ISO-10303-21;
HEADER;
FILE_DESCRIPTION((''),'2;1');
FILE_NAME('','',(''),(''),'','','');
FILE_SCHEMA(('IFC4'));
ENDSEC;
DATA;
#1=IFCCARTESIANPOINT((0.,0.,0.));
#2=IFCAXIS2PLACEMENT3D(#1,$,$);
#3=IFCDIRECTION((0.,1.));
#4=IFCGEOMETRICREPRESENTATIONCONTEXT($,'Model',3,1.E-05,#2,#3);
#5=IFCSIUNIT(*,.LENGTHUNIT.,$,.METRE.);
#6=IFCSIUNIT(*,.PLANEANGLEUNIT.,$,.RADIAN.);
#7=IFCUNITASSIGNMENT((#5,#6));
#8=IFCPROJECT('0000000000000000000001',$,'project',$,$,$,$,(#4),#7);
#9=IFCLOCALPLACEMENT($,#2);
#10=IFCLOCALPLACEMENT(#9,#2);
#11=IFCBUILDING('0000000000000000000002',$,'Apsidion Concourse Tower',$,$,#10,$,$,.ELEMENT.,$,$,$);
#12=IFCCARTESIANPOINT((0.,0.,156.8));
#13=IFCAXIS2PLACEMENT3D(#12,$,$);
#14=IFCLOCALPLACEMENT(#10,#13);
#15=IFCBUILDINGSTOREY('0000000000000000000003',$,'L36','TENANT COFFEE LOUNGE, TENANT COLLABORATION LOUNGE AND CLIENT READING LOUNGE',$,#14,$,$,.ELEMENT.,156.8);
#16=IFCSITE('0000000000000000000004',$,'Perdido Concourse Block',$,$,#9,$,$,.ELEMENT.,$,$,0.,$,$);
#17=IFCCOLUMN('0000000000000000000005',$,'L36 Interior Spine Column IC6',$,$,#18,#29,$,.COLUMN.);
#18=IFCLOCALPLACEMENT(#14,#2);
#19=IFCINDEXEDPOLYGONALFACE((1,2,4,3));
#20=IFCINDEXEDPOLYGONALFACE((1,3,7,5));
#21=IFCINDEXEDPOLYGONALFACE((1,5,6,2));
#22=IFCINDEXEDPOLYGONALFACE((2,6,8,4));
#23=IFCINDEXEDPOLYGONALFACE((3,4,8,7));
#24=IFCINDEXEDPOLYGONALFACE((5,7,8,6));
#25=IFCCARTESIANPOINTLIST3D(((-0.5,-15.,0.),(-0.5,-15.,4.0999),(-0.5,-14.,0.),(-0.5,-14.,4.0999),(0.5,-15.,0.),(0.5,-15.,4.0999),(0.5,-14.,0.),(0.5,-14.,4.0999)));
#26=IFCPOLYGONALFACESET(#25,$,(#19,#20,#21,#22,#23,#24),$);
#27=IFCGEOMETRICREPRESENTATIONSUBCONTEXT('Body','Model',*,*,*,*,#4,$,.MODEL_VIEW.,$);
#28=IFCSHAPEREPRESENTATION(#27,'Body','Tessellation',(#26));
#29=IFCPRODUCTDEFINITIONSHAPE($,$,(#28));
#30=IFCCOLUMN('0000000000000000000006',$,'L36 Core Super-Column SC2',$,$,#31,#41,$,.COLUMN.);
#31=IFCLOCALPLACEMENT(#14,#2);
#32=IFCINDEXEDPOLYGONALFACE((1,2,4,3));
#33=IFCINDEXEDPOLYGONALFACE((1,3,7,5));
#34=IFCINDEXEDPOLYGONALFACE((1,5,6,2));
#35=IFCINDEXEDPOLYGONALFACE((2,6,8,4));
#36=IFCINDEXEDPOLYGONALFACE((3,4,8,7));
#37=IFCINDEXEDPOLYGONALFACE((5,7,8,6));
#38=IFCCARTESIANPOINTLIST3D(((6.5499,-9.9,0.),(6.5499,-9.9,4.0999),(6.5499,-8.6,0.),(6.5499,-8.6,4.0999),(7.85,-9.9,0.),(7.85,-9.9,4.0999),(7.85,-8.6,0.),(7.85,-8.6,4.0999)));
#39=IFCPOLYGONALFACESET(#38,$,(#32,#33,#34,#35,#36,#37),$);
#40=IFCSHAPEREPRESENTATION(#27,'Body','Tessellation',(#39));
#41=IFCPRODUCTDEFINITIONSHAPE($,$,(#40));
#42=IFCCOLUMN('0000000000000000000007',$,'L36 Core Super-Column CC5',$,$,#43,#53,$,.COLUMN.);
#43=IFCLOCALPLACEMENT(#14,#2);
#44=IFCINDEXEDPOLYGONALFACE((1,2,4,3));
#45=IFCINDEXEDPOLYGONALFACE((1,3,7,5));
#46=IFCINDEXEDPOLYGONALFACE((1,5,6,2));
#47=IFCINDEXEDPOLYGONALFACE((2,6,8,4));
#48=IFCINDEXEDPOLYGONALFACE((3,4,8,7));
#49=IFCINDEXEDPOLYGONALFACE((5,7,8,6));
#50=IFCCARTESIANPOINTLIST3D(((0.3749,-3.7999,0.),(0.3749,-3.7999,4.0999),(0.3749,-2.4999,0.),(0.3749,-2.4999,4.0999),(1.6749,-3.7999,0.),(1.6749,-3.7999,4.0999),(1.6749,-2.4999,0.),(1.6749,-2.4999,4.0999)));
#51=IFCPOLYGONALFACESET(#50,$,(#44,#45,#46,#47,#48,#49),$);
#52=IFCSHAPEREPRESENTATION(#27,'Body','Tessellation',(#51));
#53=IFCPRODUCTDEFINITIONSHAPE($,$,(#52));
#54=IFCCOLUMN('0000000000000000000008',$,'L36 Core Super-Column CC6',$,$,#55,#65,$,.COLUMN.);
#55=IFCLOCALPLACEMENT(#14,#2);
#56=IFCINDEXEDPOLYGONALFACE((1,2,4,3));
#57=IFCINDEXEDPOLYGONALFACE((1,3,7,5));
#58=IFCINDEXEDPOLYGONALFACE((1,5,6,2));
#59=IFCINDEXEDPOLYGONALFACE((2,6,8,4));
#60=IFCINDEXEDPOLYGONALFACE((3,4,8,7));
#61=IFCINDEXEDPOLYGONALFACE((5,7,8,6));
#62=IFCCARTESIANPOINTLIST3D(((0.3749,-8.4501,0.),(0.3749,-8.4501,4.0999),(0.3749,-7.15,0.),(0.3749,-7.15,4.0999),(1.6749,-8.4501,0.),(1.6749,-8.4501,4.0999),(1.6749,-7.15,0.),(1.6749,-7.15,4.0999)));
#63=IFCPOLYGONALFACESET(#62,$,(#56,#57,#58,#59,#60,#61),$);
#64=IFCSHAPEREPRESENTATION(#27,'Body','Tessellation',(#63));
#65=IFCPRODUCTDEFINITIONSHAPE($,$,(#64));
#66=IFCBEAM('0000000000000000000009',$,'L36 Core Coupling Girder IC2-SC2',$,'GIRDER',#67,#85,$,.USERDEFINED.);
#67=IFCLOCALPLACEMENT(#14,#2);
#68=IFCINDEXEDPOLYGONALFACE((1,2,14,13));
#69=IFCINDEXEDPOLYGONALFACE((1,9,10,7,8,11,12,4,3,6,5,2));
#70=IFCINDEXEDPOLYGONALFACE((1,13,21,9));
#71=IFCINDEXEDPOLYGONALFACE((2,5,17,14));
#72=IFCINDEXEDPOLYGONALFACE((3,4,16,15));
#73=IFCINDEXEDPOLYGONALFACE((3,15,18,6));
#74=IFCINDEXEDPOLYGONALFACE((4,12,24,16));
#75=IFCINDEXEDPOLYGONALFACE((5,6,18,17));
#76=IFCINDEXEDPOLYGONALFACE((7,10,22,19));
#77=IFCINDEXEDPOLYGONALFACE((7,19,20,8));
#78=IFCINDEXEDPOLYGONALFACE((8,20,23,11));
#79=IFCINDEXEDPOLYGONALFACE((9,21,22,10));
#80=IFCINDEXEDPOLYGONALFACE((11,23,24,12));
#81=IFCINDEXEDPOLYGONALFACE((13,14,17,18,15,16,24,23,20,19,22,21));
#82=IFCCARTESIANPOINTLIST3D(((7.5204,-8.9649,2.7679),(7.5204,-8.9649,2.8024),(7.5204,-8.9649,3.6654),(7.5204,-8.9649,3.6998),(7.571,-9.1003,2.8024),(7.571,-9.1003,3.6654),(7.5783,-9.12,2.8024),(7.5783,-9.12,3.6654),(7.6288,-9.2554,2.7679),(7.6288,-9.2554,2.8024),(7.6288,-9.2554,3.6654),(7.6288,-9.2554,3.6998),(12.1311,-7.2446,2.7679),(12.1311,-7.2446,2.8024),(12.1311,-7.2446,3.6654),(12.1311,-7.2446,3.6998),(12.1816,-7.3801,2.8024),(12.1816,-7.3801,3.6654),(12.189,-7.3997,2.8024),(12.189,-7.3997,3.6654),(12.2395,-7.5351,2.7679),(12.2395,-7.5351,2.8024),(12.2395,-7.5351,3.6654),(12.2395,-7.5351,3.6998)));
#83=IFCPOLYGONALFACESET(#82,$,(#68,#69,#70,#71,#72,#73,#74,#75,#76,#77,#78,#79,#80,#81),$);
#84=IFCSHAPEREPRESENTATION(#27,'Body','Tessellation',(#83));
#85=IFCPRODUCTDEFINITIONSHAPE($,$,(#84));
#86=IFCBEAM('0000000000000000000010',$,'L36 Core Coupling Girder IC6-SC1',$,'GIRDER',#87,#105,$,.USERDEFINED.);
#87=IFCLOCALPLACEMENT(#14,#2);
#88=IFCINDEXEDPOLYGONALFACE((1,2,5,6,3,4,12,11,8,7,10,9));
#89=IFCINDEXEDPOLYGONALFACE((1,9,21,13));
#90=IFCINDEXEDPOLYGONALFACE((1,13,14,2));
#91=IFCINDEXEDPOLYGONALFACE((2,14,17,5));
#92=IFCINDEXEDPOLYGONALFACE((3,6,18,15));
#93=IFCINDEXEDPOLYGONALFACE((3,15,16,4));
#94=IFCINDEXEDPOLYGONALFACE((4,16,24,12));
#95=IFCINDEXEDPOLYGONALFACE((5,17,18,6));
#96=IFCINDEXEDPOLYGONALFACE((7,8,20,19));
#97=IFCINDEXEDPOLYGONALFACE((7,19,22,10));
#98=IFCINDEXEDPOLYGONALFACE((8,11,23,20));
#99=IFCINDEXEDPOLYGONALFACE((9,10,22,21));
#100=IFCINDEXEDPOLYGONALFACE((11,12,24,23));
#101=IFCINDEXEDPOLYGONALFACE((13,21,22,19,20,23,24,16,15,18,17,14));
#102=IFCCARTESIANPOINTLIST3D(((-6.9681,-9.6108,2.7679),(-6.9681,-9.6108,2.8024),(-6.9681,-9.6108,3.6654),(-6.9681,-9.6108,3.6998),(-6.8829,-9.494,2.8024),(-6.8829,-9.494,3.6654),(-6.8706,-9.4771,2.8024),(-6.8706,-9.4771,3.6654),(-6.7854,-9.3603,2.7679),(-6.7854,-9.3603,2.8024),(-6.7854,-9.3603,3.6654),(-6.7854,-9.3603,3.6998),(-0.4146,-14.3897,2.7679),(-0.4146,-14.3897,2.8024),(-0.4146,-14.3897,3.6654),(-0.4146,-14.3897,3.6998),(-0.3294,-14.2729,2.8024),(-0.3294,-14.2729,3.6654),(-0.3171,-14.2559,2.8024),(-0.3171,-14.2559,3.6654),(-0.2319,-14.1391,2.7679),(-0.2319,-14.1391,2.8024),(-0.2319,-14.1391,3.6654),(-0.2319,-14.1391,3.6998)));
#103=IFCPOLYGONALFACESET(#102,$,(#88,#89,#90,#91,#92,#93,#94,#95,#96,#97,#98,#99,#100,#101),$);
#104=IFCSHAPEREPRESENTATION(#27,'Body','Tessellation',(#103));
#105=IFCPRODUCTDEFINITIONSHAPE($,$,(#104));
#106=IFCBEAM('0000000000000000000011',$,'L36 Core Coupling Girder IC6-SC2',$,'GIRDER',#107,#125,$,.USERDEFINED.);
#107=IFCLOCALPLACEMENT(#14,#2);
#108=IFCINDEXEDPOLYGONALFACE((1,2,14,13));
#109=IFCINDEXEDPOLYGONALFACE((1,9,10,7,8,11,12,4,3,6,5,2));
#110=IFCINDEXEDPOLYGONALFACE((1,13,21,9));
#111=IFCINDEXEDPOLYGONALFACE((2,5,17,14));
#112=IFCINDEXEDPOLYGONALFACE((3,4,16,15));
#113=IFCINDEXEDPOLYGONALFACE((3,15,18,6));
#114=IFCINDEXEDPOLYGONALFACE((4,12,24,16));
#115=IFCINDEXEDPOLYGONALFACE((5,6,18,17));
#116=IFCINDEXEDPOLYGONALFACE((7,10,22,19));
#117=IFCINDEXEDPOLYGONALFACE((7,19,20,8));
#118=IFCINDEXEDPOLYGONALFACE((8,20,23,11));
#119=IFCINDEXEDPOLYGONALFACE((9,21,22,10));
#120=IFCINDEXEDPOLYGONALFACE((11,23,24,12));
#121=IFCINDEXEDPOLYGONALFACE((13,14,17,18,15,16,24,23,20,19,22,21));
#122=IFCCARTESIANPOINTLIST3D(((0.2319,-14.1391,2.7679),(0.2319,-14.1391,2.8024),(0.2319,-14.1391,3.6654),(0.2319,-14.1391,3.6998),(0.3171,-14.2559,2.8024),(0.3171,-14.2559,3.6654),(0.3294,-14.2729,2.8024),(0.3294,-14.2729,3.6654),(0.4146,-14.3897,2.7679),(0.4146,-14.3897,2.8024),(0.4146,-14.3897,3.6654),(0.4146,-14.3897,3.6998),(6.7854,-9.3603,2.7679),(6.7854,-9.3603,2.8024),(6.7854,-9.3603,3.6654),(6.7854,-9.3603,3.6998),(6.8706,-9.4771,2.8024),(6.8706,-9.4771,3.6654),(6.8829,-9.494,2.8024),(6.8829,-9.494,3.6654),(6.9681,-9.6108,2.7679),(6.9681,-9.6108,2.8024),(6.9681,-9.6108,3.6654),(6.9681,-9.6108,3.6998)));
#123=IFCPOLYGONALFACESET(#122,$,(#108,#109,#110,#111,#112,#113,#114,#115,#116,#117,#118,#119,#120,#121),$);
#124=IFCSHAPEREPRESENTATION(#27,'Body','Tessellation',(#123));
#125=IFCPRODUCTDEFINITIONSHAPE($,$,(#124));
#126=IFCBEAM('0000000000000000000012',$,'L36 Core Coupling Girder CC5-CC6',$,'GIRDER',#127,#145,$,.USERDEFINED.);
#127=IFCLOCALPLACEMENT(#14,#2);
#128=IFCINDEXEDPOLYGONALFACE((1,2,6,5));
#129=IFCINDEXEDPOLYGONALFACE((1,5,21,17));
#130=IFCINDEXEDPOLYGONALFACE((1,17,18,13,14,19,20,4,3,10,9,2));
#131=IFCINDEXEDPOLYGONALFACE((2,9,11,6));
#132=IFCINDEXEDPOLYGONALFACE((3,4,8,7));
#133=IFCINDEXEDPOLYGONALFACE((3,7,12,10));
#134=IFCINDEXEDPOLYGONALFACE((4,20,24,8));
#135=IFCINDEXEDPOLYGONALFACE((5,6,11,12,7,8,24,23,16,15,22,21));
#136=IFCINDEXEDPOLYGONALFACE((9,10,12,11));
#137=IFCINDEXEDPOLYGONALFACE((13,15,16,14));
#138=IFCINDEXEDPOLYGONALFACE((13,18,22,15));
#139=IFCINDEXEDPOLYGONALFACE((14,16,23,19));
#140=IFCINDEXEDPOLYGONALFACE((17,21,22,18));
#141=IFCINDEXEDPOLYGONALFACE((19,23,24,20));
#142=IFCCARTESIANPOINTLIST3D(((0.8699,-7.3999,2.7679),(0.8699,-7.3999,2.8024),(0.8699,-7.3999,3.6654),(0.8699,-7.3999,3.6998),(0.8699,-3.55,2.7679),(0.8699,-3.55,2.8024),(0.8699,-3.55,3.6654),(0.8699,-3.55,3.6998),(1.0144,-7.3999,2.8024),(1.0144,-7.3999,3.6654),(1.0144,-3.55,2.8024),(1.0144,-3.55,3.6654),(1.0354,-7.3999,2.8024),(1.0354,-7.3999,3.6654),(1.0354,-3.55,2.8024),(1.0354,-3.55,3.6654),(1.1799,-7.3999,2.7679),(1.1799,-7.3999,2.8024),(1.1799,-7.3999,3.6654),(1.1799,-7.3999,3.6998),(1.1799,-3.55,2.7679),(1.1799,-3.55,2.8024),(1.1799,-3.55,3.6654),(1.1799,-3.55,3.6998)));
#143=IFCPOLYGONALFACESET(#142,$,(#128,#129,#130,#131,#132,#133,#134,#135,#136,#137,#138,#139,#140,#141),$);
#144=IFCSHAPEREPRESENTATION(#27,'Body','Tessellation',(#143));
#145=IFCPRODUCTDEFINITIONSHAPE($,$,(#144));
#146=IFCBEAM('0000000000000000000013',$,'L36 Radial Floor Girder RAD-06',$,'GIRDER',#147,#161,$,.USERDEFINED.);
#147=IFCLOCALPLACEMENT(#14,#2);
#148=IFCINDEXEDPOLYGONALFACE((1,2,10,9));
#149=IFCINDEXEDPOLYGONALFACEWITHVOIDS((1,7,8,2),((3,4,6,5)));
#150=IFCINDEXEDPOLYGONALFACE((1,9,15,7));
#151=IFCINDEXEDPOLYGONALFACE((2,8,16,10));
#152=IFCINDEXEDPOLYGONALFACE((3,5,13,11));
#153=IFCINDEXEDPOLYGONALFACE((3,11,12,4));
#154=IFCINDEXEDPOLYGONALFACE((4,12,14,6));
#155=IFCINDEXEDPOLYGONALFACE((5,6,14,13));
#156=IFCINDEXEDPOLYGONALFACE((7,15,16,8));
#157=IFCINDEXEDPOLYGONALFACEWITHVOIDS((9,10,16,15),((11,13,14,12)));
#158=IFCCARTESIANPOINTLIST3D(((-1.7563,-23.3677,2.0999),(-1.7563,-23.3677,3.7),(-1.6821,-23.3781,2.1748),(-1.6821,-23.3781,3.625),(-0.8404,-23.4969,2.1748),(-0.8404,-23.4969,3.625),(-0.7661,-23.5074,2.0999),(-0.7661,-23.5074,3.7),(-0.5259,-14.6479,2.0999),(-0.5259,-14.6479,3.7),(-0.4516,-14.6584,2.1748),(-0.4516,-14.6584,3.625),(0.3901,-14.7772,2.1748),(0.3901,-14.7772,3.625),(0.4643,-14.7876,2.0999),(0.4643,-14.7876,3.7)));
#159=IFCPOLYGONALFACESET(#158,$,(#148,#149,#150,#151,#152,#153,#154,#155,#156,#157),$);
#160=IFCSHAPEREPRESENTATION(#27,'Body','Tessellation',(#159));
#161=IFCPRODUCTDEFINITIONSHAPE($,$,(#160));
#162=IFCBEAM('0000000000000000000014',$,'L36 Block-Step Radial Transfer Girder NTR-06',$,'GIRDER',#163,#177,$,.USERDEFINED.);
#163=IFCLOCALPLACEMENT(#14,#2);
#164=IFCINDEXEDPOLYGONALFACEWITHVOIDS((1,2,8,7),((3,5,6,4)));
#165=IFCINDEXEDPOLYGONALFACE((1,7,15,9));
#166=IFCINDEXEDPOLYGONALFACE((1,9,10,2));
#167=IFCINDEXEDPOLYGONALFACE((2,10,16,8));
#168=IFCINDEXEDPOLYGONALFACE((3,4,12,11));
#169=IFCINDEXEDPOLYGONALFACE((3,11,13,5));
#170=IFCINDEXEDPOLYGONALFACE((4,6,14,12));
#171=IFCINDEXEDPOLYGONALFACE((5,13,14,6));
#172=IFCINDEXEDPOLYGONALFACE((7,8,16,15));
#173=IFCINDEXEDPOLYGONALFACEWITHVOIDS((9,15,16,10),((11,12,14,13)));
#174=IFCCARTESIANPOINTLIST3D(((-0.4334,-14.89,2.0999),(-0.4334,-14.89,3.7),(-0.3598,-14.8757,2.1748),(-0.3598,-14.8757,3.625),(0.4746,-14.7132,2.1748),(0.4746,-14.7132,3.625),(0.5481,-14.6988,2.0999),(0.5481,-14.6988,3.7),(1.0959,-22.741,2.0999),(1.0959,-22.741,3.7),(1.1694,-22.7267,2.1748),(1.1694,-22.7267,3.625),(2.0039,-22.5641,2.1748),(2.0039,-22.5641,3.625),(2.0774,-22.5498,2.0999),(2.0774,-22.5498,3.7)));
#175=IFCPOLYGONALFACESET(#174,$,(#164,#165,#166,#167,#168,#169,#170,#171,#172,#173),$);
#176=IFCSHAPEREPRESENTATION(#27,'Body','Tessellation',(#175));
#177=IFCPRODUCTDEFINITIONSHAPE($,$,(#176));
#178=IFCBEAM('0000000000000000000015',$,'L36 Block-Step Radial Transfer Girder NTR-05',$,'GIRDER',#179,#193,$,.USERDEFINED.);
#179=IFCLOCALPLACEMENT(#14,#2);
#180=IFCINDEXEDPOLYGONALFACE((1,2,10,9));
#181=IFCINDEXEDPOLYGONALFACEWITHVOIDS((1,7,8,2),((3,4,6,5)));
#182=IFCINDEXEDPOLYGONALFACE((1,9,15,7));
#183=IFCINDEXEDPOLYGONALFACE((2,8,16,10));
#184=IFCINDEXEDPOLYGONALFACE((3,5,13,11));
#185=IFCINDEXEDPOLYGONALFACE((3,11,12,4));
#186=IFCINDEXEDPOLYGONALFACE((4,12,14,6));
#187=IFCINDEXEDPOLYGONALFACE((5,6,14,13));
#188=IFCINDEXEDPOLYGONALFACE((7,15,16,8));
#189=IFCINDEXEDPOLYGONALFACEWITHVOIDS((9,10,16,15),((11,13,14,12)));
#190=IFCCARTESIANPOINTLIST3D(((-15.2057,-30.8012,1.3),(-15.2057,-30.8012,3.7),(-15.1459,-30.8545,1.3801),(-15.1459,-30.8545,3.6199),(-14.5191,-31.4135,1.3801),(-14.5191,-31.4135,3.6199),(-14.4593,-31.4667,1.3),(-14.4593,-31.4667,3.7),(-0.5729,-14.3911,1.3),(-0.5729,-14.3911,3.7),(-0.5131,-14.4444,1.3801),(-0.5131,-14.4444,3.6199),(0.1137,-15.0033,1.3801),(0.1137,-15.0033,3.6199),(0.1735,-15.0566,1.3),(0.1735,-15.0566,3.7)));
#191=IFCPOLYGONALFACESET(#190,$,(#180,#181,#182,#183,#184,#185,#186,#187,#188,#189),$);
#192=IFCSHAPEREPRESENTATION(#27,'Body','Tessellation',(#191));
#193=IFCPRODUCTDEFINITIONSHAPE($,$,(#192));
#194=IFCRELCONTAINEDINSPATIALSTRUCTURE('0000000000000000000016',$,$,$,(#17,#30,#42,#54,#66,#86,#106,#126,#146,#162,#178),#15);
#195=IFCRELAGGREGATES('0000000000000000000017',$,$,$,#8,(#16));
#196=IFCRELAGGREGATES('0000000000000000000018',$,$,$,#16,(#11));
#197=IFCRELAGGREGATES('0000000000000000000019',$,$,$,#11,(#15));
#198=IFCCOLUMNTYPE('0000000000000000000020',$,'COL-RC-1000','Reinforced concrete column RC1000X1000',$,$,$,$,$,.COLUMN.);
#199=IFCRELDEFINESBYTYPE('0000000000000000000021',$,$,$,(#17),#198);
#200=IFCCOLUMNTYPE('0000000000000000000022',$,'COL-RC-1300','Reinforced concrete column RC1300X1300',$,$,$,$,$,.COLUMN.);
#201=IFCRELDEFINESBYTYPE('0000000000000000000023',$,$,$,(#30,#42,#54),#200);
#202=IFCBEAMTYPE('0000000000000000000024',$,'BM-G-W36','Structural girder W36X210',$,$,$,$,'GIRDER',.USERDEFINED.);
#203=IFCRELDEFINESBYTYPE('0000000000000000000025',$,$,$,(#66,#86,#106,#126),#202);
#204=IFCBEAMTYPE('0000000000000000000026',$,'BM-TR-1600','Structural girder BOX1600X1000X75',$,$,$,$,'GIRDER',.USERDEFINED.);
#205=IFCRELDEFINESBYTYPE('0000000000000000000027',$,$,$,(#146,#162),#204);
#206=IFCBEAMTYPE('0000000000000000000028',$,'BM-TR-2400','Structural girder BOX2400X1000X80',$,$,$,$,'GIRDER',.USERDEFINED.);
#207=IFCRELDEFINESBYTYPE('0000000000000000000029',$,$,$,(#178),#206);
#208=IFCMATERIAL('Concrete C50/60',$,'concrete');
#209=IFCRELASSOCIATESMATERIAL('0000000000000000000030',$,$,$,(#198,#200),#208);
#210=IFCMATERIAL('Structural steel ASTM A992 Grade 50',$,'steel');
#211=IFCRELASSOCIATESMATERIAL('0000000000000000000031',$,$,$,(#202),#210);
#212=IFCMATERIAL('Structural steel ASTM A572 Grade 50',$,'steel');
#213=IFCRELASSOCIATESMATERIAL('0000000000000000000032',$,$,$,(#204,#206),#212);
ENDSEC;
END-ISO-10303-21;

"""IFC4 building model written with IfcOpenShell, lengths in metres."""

from ifc_helpers import new_model, si_unit, direction, frame, origin, origin_2d, place, context, subcontext, project, spatial, rectangle, hollow_rectangle, i_section, extrude, material, material_profile, profile_set, type_object, element, save


model = new_model("IFC4")

# Units and contexts
model_context = context("Model", 3, precision=1e-05, world=origin(), true_north=direction((0.0, 1.0)))
body_context = subcontext(model_context, "Body", "Model", "MODEL_VIEW")
ifc_project = project(units=[si_unit("LENGTHUNIT", "METRE"), si_unit("PLANEANGLEUNIT", "RADIAN")], contexts=[model_context])

# Site, building, storey
site_placement = place(None, origin())
site = spatial("IfcSite", under=ifc_project, at=site_placement, Name="Perdido Concourse Block", CompositionType="ELEMENT", RefElevation=0.0)
building_placement = place(site_placement, origin())
building = spatial("IfcBuilding", under=site, at=building_placement, Name="Apsidion Concourse Tower", CompositionType="ELEMENT")
storey_placement = place(building_placement, frame((0.0, 0.0, 156.8)))
storey = spatial("IfcBuildingStorey", under=building, at=storey_placement, Name="L36", Description="TENANT COFFEE LOUNGE, TENANT COLLABORATION LOUNGE AND CLIENT READING LOUNGE", CompositionType="ELEMENT", Elevation=156.8)

# Columns
ifc_material_1 = material(Name="Concrete C50/60", Category="concrete")
ifc_material_profile_1 = material_profile(ifc_material_1, rectangle(XDim=1.0, YDim=1.0, at=origin_2d()), Name="RC 1000x1000")
ifc_profile_set_1 = profile_set([ifc_material_profile_1], Name="Concrete C50/60")
column_type_1 = type_object("IfcColumnType", Name="COL-RC-1000", Description="Reinforced concrete column RC1000X1000", PredefinedType="COLUMN", material=ifc_profile_set_1)
column_placement = place(storey_placement, frame((0.0, -14.5, 0.0), z_axis=(0.0, 0.0, 1.0), x_axis=(1.0, 0.0, 0.0)))
element("IfcColumn", 1, at=column_placement, inside=storey, type_object=column_type_1, Name="L36 Interior Spine Column IC6", PredefinedType="COLUMN", context=body_context, shape_type="SweptSolid", body=[
    extrude(rectangle(XDim=1.0, YDim=1.0, at=origin_2d()), origin(), (0.0, 0.0, 1.0), 4.0999),
])
ifc_material_profile_2 = material_profile(ifc_material_1, rectangle(XDim=1.3, YDim=1.3, at=origin_2d()), Name="RC 1300x1300")
ifc_profile_set_2 = profile_set([ifc_material_profile_2], Name="Concrete C50/60")
column_type_2 = type_object("IfcColumnType", Name="COL-RC-1300", Description="Reinforced concrete column RC1300X1300", PredefinedType="COLUMN", material=ifc_profile_set_2)
for number, where, z_axis, x_axis, name in (
    (2, (7.2, -9.25, 0.0), (0.0, 0.0, 1.0), (1.0, 0.0, 0.0), "L36 Core Super-Column SC2"),
    (3, (1.0249, -3.1499, 0.0), (0.0, 0.0, 1.0), (1.0, 0.0, 0.0), "L36 Core Super-Column CC5"),
    (4, (1.0249, -7.8, 0.0), (0.0, 0.0, 1.0), (1.0, 0.0, 0.0), "L36 Core Super-Column CC6"),
):
    element("IfcColumn", number, at=place(storey_placement, frame(where, z_axis=z_axis, x_axis=x_axis)), inside=storey, type_object=column_type_2, Name=name, PredefinedType="COLUMN", context=body_context, shape_type="SweptSolid", body=[
        extrude(rectangle(XDim=1.3, YDim=1.3, at=origin_2d()), origin(), (0.0, 0.0, 1.0), 4.0999),
    ])

# Beams
ifc_material_2 = material(Name="Structural steel ASTM A992 Grade 50", Category="steel")
ifc_material_profile_3 = material_profile(ifc_material_2, i_section(OverallWidth=0.3101, OverallDepth=0.9319, WebThickness=0.021, FlangeThickness=0.0344, at=origin_2d()), Name="W36X210")
ifc_profile_set_3 = profile_set([ifc_material_profile_3], Name="Structural steel ASTM A992 Grade 50")
beam_type_1 = type_object("IfcBeamType", Name="BM-G-W36", Description="Structural girder W36X210", ElementType="GIRDER", PredefinedType="USERDEFINED", material=ifc_profile_set_3)
beam_1_placement = place(storey_placement, frame((12.1853, -7.3899, 3.2339), z_axis=(-0.936913, -0.349563, 0.0), x_axis=(0.349563, -0.936913, 0.0)))
element("IfcBeam", 5, at=beam_1_placement, inside=storey, type_object=beam_type_1, Name="L36 Core Coupling Girder IC2-SC2", ObjectType="GIRDER", PredefinedType="USERDEFINED", context=body_context, shape_type="SweptSolid", body=[
    extrude(i_section(OverallWidth=0.3101, OverallDepth=0.9319, WebThickness=0.021, FlangeThickness=0.0344, at=origin_2d()), origin(), (0.0, 0.0, 1.0), 4.9211),
])
for number, where, z_axis, x_axis, name in (
    (6, (-0.3232, -14.2644, 3.2339), (-0.807993, 0.589191, 0.0), (-0.589191, -0.807993, 0.0), "L36 Core Coupling Girder IC6-SC1"),
    (7, (0.3232, -14.2644, 3.2339), (0.807993, 0.589191, 0.0), (-0.589191, 0.807993, 0.0), "L36 Core Coupling Girder IC6-SC2"),
):
    element("IfcBeam", number, at=place(storey_placement, frame(where, z_axis=z_axis, x_axis=x_axis)), inside=storey, type_object=beam_type_1, Name=name, ObjectType="GIRDER", PredefinedType="USERDEFINED", context=body_context, shape_type="SweptSolid", body=[
        extrude(i_section(OverallWidth=0.3101, OverallDepth=0.9319, WebThickness=0.021, FlangeThickness=0.0344, at=origin_2d()), origin(), (0.0, 0.0, 1.0), 8.1108),
    ])
beam_2_placement = place(storey_placement, frame((1.0249, -3.55, 3.2339), z_axis=(0.0, -1.0, 0.0), x_axis=(1.0, 0.0, 0.0)))
element("IfcBeam", 8, at=beam_2_placement, inside=storey, type_object=beam_type_1, Name="L36 Core Coupling Girder CC5-CC6", ObjectType="GIRDER", PredefinedType="USERDEFINED", context=body_context, shape_type="SweptSolid", body=[
    extrude(i_section(OverallWidth=0.3101, OverallDepth=0.9319, WebThickness=0.021, FlangeThickness=0.0344, at=origin_2d()), origin(), (0.0, 0.0, 1.0), 3.8499),
])
ifc_material_3 = material(Name="Structural steel ASTM A572 Grade 50", Category="steel")
ifc_material_profile_4 = material_profile(ifc_material_3, hollow_rectangle(XDim=1.0, YDim=1.6001, WallThickness=0.075, at=origin_2d()), Name="BOX1600X1000X75")
ifc_profile_set_4 = profile_set([ifc_material_profile_4], Name="Structural steel ASTM A572 Grade 50")
beam_type_2 = type_object("IfcBeamType", Name="BM-TR-1600", Description="Structural girder BOX1600X1000X75", ElementType="GIRDER", PredefinedType="USERDEFINED", material=ifc_profile_set_4)
beam_3_placement = place(storey_placement, frame((-0.0308, -14.7178, 2.8999), z_axis=(-0.139729, -0.99019, 0.0), x_axis=(0.99019, -0.139729, 0.0)))
element("IfcBeam", 9, at=beam_3_placement, inside=storey, type_object=beam_type_2, Name="L36 Radial Floor Girder RAD-06", ObjectType="GIRDER", PredefinedType="USERDEFINED", context=body_context, shape_type="SweptSolid", body=[
    extrude(hollow_rectangle(XDim=1.0, YDim=1.6001, WallThickness=0.075, at=origin_2d()), origin(), (0.0, 0.0, 1.0), 8.8062),
])
beam_4_placement = place(storey_placement, frame((0.0574, -14.7944, 2.8999), z_axis=(0.191195, -0.981552, 0.0), x_axis=(0.981552, 0.191195, 0.0)))
element("IfcBeam", 10, at=beam_4_placement, inside=storey, type_object=beam_type_2, Name="L36 Block-Step Radial Transfer Girder NTR-06", ObjectType="GIRDER", PredefinedType="USERDEFINED", context=body_context, shape_type="SweptSolid", body=[
    extrude(hollow_rectangle(XDim=1.0, YDim=1.6001, WallThickness=0.075, at=origin_2d()), origin(), (0.0, 0.0, 1.0), 7.9985),
])
ifc_material_profile_5 = material_profile(ifc_material_3, hollow_rectangle(XDim=1.0, YDim=2.3999, WallThickness=0.0801, at=origin_2d()), Name="BOX2400X1000X80")
ifc_profile_set_5 = profile_set([ifc_material_profile_5], Name="Structural steel ASTM A572 Grade 50")
beam_type_3 = type_object("IfcBeamType", Name="BM-TR-2400", Description="Structural girder BOX2400X1000X80", ElementType="GIRDER", PredefinedType="USERDEFINED", material=ifc_profile_set_5)
beam_5_placement = place(storey_placement, frame((-0.1997, -14.7239, 2.5), z_axis=(-0.665532, -0.746369, 0.0), x_axis=(0.746369, -0.665532, 0.0)))
element("IfcBeam", 11, at=beam_5_placement, inside=storey, type_object=beam_type_3, Name="L36 Block-Step Radial Transfer Girder NTR-05", ObjectType="GIRDER", PredefinedType="USERDEFINED", context=body_context, shape_type="SweptSolid", body=[
    extrude(hollow_rectangle(XDim=1.0, YDim=2.3999, WallThickness=0.0801, at=origin_2d()), origin(), (0.0, 0.0, 1.0), 21.9866),
])

save(model, "model.ifc")
